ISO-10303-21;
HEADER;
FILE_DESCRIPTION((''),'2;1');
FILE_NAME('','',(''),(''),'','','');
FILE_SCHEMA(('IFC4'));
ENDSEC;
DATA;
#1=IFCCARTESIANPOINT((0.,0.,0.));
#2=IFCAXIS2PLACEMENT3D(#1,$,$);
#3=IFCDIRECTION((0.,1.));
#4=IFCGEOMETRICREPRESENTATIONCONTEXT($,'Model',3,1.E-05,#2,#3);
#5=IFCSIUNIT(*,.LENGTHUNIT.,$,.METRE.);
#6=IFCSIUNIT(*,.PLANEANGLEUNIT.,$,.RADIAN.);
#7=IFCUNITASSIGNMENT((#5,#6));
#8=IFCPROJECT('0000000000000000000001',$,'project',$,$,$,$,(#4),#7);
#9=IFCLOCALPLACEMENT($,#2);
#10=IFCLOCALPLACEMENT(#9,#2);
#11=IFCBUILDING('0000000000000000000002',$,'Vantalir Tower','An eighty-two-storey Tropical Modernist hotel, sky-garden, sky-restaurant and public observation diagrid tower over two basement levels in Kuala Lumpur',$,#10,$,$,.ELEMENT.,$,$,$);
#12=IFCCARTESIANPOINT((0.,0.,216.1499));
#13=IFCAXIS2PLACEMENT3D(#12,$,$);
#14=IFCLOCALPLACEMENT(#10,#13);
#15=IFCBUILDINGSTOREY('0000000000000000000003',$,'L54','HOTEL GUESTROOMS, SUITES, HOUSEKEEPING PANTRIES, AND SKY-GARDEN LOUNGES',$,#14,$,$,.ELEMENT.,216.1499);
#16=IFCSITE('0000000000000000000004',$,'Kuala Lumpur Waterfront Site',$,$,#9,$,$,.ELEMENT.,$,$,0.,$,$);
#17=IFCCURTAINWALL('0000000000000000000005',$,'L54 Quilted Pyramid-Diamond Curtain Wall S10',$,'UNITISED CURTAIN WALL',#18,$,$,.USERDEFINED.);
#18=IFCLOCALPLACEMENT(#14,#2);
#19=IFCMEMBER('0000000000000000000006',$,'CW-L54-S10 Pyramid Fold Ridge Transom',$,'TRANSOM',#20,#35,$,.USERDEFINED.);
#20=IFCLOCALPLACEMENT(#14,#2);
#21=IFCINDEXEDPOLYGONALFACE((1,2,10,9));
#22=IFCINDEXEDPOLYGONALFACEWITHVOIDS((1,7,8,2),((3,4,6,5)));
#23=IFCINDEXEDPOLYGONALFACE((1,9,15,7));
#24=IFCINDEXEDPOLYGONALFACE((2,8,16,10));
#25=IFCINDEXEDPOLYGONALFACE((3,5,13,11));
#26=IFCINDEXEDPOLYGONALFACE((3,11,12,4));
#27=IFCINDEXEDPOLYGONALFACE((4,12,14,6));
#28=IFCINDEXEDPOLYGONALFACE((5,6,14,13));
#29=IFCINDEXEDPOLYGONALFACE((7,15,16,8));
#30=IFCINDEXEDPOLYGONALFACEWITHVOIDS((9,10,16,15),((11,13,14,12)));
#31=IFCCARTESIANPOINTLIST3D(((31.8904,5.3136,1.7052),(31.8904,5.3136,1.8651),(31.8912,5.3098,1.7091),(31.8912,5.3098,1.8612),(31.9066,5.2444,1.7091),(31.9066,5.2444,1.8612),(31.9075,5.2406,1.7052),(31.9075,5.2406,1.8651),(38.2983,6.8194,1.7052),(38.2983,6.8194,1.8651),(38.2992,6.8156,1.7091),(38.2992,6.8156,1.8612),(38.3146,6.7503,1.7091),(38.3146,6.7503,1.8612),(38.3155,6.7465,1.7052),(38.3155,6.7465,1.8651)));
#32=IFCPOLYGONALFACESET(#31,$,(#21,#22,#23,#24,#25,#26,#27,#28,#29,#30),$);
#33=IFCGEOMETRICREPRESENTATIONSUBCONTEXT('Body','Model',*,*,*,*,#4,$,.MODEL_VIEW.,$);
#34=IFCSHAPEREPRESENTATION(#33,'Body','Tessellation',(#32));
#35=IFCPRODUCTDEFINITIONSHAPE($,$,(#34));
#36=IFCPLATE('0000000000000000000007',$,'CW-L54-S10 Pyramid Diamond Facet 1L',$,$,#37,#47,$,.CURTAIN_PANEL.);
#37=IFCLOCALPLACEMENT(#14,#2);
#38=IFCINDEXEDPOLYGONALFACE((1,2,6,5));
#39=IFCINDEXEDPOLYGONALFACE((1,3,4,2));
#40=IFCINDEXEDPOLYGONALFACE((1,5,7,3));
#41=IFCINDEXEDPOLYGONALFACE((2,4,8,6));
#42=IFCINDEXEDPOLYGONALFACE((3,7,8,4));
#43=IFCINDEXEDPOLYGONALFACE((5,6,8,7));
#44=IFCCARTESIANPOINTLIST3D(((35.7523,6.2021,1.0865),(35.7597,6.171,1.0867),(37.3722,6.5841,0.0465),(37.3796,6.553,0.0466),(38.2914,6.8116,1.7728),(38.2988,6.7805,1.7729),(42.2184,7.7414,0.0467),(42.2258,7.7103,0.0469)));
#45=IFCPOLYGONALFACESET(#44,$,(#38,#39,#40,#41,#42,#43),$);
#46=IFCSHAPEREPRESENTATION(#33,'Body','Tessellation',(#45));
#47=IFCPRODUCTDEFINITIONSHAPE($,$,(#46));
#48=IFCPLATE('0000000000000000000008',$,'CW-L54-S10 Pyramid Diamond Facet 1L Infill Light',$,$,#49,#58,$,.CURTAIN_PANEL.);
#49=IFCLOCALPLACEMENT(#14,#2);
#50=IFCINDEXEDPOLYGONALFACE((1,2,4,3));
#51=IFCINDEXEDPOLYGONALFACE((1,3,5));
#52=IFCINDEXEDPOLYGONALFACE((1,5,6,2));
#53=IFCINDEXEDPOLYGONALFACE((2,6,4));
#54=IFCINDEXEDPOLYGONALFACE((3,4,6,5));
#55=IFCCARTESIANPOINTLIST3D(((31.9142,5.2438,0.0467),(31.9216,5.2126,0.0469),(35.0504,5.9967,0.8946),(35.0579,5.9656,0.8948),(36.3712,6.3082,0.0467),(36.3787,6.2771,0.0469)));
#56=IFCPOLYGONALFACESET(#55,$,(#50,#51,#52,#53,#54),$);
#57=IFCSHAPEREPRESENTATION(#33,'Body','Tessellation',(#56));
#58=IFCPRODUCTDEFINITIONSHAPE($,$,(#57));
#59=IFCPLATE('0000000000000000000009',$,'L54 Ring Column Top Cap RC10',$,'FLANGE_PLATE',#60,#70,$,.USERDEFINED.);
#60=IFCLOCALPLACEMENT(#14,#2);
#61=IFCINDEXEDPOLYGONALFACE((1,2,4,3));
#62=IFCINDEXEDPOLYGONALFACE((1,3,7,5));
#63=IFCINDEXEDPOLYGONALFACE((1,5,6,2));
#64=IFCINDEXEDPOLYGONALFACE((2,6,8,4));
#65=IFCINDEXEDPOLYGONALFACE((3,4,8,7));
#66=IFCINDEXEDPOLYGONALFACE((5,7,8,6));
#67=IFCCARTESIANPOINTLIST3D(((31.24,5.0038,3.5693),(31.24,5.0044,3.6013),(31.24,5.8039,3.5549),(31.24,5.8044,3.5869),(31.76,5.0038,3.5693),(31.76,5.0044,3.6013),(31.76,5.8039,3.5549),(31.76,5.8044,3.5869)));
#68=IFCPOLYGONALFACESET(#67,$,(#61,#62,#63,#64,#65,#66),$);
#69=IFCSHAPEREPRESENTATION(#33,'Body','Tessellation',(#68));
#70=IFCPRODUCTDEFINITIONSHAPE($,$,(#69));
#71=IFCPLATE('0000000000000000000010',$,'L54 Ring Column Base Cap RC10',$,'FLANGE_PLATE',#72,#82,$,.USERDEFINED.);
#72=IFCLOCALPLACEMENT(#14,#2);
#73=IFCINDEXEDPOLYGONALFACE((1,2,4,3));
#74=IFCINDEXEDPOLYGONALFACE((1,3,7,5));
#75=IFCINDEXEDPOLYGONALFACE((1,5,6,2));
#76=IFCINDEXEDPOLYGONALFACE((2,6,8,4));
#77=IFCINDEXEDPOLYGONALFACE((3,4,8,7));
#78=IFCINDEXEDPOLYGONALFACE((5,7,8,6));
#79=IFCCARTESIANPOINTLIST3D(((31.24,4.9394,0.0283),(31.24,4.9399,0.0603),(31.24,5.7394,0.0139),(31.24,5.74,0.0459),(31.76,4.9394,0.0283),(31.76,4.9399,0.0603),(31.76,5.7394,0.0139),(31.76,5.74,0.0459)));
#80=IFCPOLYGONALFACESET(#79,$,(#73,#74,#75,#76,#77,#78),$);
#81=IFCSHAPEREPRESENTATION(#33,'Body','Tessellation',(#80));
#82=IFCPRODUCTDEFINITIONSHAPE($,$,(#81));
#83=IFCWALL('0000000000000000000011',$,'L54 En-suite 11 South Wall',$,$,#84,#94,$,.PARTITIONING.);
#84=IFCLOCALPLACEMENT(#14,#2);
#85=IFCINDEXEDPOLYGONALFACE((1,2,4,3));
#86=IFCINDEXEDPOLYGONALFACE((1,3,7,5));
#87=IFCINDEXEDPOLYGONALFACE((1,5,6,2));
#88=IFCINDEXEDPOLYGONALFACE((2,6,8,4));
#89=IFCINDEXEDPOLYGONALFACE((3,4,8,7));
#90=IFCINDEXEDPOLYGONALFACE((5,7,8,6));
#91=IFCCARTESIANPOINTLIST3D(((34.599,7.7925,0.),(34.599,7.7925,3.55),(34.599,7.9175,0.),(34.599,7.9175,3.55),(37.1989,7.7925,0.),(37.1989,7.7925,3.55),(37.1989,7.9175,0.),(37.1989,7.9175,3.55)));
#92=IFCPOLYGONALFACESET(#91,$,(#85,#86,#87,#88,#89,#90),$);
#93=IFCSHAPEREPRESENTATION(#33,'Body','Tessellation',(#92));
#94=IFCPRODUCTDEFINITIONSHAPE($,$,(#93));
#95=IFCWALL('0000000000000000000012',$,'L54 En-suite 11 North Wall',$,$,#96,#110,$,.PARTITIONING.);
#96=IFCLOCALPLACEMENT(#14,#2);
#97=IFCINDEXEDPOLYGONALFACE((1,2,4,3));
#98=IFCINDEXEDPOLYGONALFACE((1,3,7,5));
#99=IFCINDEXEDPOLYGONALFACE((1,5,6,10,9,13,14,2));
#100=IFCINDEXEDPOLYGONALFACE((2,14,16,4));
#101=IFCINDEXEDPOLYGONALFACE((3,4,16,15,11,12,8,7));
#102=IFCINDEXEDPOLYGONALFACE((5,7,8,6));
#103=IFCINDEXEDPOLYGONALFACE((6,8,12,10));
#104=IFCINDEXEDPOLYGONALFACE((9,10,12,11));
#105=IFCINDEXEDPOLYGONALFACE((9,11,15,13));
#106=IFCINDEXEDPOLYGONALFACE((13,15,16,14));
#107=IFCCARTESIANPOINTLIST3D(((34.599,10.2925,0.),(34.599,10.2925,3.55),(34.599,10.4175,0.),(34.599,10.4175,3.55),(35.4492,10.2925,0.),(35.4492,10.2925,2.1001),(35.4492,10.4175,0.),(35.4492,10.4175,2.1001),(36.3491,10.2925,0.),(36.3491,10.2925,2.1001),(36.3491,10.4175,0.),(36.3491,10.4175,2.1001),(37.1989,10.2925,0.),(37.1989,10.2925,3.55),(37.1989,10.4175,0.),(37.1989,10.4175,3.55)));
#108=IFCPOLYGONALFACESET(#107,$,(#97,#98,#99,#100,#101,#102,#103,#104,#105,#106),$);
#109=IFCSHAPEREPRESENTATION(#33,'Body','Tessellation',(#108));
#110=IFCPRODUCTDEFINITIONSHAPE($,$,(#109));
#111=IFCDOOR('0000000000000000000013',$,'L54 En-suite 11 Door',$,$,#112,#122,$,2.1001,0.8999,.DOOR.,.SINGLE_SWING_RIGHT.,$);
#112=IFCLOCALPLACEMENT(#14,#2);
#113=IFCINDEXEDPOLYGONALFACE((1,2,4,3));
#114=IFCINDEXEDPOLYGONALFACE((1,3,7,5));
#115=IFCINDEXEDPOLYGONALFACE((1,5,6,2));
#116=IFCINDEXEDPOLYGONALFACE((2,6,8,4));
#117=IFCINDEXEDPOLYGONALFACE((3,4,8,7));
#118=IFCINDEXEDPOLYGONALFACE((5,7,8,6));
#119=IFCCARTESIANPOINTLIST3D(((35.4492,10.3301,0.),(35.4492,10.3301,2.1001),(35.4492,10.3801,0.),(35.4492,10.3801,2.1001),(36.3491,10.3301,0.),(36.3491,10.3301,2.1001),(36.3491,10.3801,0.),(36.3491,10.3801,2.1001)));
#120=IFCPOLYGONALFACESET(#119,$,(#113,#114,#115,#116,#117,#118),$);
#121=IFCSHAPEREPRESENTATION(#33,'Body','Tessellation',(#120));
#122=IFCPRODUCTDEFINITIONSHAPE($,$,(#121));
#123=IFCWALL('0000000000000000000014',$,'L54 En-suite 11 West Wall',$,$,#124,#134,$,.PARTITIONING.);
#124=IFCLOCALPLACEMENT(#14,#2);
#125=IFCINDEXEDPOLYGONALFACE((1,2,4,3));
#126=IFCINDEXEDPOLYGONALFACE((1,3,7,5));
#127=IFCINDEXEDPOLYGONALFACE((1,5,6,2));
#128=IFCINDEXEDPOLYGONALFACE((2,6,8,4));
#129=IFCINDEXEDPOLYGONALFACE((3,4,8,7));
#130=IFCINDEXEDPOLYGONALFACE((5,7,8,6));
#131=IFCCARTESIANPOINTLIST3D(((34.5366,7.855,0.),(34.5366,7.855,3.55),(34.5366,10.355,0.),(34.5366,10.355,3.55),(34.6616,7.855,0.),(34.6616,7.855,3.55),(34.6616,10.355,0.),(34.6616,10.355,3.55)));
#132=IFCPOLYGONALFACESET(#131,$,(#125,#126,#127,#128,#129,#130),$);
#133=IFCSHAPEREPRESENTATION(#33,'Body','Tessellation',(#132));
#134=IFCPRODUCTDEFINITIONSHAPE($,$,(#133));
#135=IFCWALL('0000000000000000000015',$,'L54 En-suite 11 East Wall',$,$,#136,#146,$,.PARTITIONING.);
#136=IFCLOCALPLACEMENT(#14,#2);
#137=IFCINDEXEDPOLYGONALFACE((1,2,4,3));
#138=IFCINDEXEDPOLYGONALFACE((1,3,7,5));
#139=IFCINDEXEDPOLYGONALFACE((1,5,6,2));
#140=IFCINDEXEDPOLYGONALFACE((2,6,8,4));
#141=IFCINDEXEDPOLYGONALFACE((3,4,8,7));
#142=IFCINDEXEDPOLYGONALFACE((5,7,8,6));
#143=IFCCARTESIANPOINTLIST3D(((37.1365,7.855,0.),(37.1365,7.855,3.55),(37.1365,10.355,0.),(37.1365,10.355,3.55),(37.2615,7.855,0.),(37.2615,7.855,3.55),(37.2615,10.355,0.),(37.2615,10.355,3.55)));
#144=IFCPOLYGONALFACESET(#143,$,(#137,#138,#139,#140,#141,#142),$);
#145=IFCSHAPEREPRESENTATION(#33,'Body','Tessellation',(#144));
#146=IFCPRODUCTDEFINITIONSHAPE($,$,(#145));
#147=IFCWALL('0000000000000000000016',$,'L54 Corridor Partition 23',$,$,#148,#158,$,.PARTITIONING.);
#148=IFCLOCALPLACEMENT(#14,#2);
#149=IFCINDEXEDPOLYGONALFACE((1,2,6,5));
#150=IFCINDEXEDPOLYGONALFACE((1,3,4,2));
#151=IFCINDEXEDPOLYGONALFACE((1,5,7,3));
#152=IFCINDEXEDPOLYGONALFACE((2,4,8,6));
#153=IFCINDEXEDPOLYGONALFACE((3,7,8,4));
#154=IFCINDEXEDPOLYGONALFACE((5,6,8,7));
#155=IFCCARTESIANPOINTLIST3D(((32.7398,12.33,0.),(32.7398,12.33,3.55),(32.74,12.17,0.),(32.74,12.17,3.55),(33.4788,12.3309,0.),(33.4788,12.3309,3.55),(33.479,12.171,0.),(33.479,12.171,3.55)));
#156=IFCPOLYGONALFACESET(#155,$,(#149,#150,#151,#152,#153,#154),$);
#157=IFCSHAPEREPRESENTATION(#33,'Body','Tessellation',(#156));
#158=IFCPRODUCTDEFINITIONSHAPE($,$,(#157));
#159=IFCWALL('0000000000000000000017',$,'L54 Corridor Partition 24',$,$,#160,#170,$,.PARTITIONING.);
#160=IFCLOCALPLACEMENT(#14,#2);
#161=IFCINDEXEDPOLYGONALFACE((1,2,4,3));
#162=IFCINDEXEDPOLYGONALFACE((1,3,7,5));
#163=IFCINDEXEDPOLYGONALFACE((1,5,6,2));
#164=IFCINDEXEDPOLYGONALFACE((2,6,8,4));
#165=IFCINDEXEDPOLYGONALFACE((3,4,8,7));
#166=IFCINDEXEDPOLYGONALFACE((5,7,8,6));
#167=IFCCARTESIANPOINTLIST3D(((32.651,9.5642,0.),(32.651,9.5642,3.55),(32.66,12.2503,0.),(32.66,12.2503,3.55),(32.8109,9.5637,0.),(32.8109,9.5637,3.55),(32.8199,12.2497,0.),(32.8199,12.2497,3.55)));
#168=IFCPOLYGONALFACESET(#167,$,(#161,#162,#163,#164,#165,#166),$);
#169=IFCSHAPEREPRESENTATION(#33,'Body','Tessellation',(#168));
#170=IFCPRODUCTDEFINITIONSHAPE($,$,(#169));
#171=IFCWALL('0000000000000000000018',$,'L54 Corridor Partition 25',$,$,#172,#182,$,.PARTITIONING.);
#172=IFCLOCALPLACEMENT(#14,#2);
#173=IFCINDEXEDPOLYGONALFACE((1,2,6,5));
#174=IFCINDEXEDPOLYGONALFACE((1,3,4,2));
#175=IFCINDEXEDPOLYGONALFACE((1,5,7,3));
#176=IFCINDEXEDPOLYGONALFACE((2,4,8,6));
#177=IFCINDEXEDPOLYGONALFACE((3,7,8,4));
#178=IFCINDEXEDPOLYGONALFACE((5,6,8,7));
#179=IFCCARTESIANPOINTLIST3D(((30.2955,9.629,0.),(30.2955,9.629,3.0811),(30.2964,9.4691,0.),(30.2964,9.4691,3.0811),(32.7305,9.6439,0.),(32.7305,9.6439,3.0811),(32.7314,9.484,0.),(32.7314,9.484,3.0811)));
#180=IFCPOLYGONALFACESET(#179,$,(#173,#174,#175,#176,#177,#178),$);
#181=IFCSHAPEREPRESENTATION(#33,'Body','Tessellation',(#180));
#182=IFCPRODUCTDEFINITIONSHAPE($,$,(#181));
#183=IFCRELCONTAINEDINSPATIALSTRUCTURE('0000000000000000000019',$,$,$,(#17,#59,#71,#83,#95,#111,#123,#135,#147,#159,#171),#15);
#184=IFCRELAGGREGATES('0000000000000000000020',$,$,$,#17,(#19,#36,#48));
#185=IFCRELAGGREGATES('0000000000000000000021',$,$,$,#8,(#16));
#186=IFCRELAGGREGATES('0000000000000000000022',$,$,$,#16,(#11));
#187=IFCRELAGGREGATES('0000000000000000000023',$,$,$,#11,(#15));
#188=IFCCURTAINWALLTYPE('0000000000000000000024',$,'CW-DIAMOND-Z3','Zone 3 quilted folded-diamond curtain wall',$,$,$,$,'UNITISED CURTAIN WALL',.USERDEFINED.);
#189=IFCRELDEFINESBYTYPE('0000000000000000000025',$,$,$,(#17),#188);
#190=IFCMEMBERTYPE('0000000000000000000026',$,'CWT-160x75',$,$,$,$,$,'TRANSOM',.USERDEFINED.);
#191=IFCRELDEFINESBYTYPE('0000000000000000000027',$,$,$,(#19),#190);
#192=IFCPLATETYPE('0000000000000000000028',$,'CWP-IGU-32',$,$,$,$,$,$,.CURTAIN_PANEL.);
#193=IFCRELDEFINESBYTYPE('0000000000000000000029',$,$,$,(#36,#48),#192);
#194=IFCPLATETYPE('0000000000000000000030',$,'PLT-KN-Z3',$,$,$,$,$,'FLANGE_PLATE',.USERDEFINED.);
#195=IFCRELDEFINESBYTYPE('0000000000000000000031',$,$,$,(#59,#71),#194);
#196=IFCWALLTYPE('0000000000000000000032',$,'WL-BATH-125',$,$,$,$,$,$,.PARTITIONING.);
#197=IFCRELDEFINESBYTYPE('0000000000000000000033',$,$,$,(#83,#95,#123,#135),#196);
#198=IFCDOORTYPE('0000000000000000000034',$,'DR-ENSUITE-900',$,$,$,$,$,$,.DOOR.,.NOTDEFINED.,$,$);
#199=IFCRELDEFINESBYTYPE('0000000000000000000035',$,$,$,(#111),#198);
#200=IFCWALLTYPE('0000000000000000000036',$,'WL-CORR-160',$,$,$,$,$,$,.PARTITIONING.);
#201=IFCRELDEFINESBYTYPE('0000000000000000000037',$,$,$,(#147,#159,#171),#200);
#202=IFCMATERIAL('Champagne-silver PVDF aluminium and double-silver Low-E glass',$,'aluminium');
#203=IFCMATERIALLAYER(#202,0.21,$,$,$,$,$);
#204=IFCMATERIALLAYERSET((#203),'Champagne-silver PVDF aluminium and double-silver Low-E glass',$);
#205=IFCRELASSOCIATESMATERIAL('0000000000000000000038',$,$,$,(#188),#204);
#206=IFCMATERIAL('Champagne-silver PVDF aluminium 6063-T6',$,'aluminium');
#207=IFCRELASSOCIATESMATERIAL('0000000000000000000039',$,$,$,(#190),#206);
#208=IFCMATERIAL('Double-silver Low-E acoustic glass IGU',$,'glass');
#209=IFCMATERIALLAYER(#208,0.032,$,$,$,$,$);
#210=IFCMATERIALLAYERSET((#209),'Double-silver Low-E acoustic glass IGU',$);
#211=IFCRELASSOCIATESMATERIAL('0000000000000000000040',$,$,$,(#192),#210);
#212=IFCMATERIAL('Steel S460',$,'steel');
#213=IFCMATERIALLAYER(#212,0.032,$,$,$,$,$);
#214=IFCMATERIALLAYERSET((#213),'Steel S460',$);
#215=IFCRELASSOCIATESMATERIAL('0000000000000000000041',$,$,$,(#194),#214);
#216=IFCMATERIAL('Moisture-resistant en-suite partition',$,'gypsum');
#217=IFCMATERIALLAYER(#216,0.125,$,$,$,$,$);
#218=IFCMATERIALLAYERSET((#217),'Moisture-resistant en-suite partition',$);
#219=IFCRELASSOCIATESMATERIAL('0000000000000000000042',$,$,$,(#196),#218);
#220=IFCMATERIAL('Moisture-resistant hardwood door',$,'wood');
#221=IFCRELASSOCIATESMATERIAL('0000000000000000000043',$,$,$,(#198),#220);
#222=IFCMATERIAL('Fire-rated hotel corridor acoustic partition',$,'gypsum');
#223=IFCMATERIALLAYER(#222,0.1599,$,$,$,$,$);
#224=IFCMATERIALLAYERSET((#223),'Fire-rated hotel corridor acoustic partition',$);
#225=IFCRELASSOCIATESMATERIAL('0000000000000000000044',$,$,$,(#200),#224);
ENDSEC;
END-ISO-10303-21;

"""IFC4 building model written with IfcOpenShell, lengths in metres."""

from ifc_helpers import new_model, si_unit, direction, frame, frame_2d, origin, origin_2d, place, context, subcontext, project, spatial, polyline, rectangle, hollow_rectangle, outline, extrude, material, layer, layer_set, material_profile, profile_set, type_object, element, fill, aggregate, save


model = new_model("IFC4")

# Units and contexts
model_context = context("Model", 3, precision=1e-05, world=origin(), true_north=direction((0.0, 1.0)))
body_context = subcontext(model_context, "Body", "Model", "MODEL_VIEW")
ifc_project = project(units=[si_unit("LENGTHUNIT", "METRE"), si_unit("PLANEANGLEUNIT", "RADIAN")], contexts=[model_context])

# Site, building, storey
site_placement = place(None, origin())
site = spatial("IfcSite", under=ifc_project, at=site_placement, Name="Kuala Lumpur Waterfront Site", CompositionType="ELEMENT", RefElevation=0.0)
building_placement = place(site_placement, origin())
building = spatial("IfcBuilding", under=site, at=building_placement, Name="Vantalir Tower", Description="An eighty-two-storey Tropical Modernist hotel, sky-garden, sky-restaurant and public observation diagrid tower over two basement levels in Kuala Lumpur", CompositionType="ELEMENT")
storey_placement = place(building_placement, frame((0.0, 0.0, 216.1499)))
storey = spatial("IfcBuildingStorey", under=building, at=storey_placement, Name="L54", Description="HOTEL GUESTROOMS, SUITES, HOUSEKEEPING PANTRIES, AND SKY-GARDEN LOUNGES", CompositionType="ELEMENT", Elevation=216.1499)

# Shared definitions
ifc_material_1 = material(Name="Steel S460", Category="steel")

# Shared definitions
ifc_material_2 = material(Name="Champagne-silver PVDF aluminium and double-silver Low-E glass", Category="aluminium")
ifc_layer_1 = layer(ifc_material_2, 0.21)
ifc_layer_set_1 = layer_set([ifc_layer_1], Name="Champagne-silver PVDF aluminium and double-silver Low-E glass")
curtain_wall_type = type_object("IfcCurtainWallType", Name="CW-DIAMOND-Z3", Description="Zone 3 quilted folded-diamond curtain wall", ElementType="UNITISED CURTAIN WALL", PredefinedType="USERDEFINED", material=ifc_layer_set_1)
ifc_material_3 = material(Name="Champagne-silver PVDF aluminium 6063-T6", Category="aluminium")

# Curtain wall, member, plates
curtain_wall_1_placement = place(storey_placement, origin())
curtain_wall_1 = element("IfcCurtainWall", 1, at=curtain_wall_1_placement, inside=storey, type_object=curtain_wall_type, Name="L54 Quilted Pyramid-Diamond Curtain Wall S10", ObjectType="UNITISED CURTAIN WALL", PredefinedType="USERDEFINED")
ifc_material_profile_1 = material_profile(ifc_material_3, hollow_rectangle(XDim=0.075, YDim=0.1599, WallThickness=0.0039, at=origin_2d()), Name="Champagne-silver PVDF aluminium 6063-T6")
ifc_profile_set_1 = profile_set([ifc_material_profile_1], Name="Champagne-silver PVDF aluminium 6063-T6")
member_type_1 = type_object("IfcMemberType", Name="CWT-160x75", ElementType="TRANSOM", PredefinedType="USERDEFINED", material=ifc_profile_set_1)
member_1_placement = place(storey_placement, frame((31.8989, 5.2771, 1.7852), z_axis=(0.973481, 0.228766, 0.0), x_axis=(-0.228766, 0.973481, 0.0)))
member_1 = element("IfcMember", 2, at=member_1_placement, type_object=member_type_1, Name="CW-L54-S10 Pyramid Fold Ridge Transom", ObjectType="TRANSOM", PredefinedType="USERDEFINED", context=body_context, shape_type="SweptSolid", body=[
    extrude(hollow_rectangle(XDim=0.075, YDim=0.1599, WallThickness=0.0039, at=origin_2d()), origin(), (0.0, 0.0, 1.0), 6.5825),
])
ifc_material_4 = material(Name="Double-silver Low-E acoustic glass IGU", Category="glass")
ifc_layer_2 = layer(ifc_material_4, 0.032)
ifc_layer_set_2 = layer_set([ifc_layer_2], Name="Double-silver Low-E acoustic glass IGU")
plate_type_1 = type_object("IfcPlateType", Name="CWP-IGU-32", PredefinedType="CURTAIN_PANEL", material=ifc_layer_set_2)
plate_1_placement = place(storey_placement, frame((37.3796, 6.553, 0.0466), z_axis=(0.232274, -0.97264, 0.004524), x_axis=(0.97265, 0.232276, 0.000049)))
plate_1 = element("IfcPlate", 3, at=plate_1_placement, type_object=plate_type_1, Name="CW-L54-S10 Pyramid Diamond Facet 1L", PredefinedType="CURTAIN_PANEL", context=body_context, shape_type="SweptSolid", body=[
    extrude(outline(polyline([(0.0, 0.0), (4.9824, 0.0), (0.947, 1.7263), (-1.6643, 1.0401), (0.0, 0.0)])), origin(), (0.0, 0.0, -1.0), 0.032),
])
plate_2_placement = place(storey_placement, frame((31.9216, 5.2126, 0.0469), z_axis=(0.23229, -0.972636, 0.004494), x_axis=(0.972646, 0.232293, 0.0)))
plate_2 = element("IfcPlate", 4, at=plate_2_placement, type_object=plate_type_1, Name="CW-L54-S10 Pyramid Diamond Facet 1L Infill Light", PredefinedType="CURTAIN_PANEL", context=body_context, shape_type="SweptSolid", body=[
    extrude(outline(polyline([(0.0, 0.0), (4.5824, 0.0), (3.2253, 0.8479), (0.0, 0.0)])), origin(), (0.0, 0.0, -1.0), 0.032),
])
aggregate(curtain_wall_1, [member_1, plate_1, plate_2])

# Plates
ifc_layer_3 = layer(ifc_material_1, 0.032)
ifc_layer_set_3 = layer_set([ifc_layer_3], Name="Steel S460")
plate_type_2 = type_object("IfcPlateType", Name="PLT-KN-Z3", ElementType="FLANGE_PLATE", PredefinedType="USERDEFINED", material=ifc_layer_set_3)
for number, where, z_axis, x_axis, name in (
    (5, (31.24, 5.8044, 3.5869), (0.0, 0.018001, 0.999838), (0.0, -0.999838, 0.018001), "L54 Ring Column Top Cap RC10"),
    (6, (31.24, 5.74, 0.0459), (0.0, 0.018001, 0.999838), (0.0, -0.999838, 0.018001), "L54 Ring Column Base Cap RC10"),
):
    element("IfcPlate", number, at=place(storey_placement, frame(where, z_axis=z_axis, x_axis=x_axis)), inside=storey, type_object=plate_type_2, Name=name, ObjectType="FLANGE_PLATE", PredefinedType="USERDEFINED", context=body_context, shape_type="SweptSolid", body=[
        extrude(outline(polyline([(0.0, 0.0), (0.8002, 0.0), (0.8002, 0.52), (0.0, 0.52), (0.0, 0.0)])), origin(), (0.0, 0.0, -1.0), 0.032),
    ])

# Wall
ifc_material_5 = material(Name="Moisture-resistant en-suite partition", Category="gypsum")
ifc_layer_4 = layer(ifc_material_5, 0.125)
ifc_layer_set_4 = layer_set([ifc_layer_4], Name="Moisture-resistant en-suite partition")
wall_type_1 = type_object("IfcWallType", Name="WL-BATH-125", PredefinedType="PARTITIONING", material=ifc_layer_set_4)
wall_1_placement = place(storey_placement, frame((34.5991, 7.855, 0.0), z_axis=(0.0, 0.0, 1.0), x_axis=(1.0, 0.0, 0.0)))
element("IfcWall", 7, at=wall_1_placement, inside=storey, type_object=wall_type_1, Name="L54 En-suite 11 South Wall", PredefinedType="PARTITIONING", context=body_context, shape_type="SweptSolid", body=[
    extrude(rectangle(XDim=2.5999, YDim=0.125, at=frame_2d((1.2998, 0.0))), origin(), (0.0, 0.0, 1.0), 3.55),
])

# Wall, opening, door
wall_2_placement = place(storey_placement, frame((34.5991, 10.355, 0.0), z_axis=(0.0, 0.0, 1.0), x_axis=(1.0, 0.0, 0.0)))
wall_2 = element("IfcWall", 8, at=wall_2_placement, inside=storey, type_object=wall_type_1, Name="L54 En-suite 11 North Wall", PredefinedType="PARTITIONING", context=body_context, shape_type="SweptSolid", body=[
    extrude(rectangle(XDim=2.5999, YDim=0.125, at=frame_2d((1.2998, 0.0))), origin(), (0.0, 0.0, 1.0), 3.55),
])
opening_1_placement = place(wall_2_placement, frame((0.8501, 0.0, 0.0)))
opening_1 = element("IfcOpeningElement", 9, at=opening_1_placement, cuts=wall_2, PredefinedType="OPENING", context=body_context, shape_type="SweptSolid", body=[
    extrude(rectangle(XDim=0.8999, YDim=2.1001, at=frame_2d((0.45, 1.05))), frame((0.0, 0.0725, 0.0), z_axis=(0.0, -1.0, 0.0), x_axis=(1.0, 0.0, 0.0)), (0.0, 0.0, 1.0), 0.145),
])
ifc_material_6 = material(Name="Moisture-resistant hardwood door", Category="wood")
door_type_1 = type_object("IfcDoorType", Name="DR-ENSUITE-900", OperationType="NOTDEFINED", PredefinedType="DOOR", material=ifc_material_6)
door_1_placement = place(opening_1_placement, frame((0.8999, 0.0, 0.0), z_axis=(0.0, 0.0, 1.0), x_axis=(-1.0, 0.0, 0.0)))
door_1 = element("IfcDoor", 10, at=door_1_placement, inside=storey, type_object=door_type_1, Name="L54 En-suite 11 Door", OperationType="SINGLE_SWING_RIGHT", OverallHeight=2.1001, OverallWidth=0.8999, PredefinedType="DOOR", context=body_context, shape_type="SweptSolid", body=[
    extrude(rectangle(XDim=0.8999, YDim=2.1001, at=frame_2d((0.45, 1.05))), frame((0.0, 0.0249, 0.0), z_axis=(0.0, -1.0, 0.0), x_axis=(1.0, 0.0, 0.0)), (0.0, 0.0, 1.0), 0.05),
])
fill(opening_1, door_1)

# Walls
for number, where, z_axis, x_axis, name in (
    (11, (34.5991, 7.855, 0.0), (0.0, 0.0, 1.0), (0.0, 1.0, 0.0), "L54 En-suite 11 West Wall"),
    (12, (37.199, 7.855, 0.0), (0.0, 0.0, 1.0), (0.0, 1.0, 0.0), "L54 En-suite 11 East Wall"),
):
    element("IfcWall", number, at=place(storey_placement, frame(where, z_axis=z_axis, x_axis=x_axis)), inside=storey, type_object=wall_type_1, Name=name, PredefinedType="PARTITIONING", context=body_context, shape_type="SweptSolid", body=[
        extrude(rectangle(XDim=2.5, YDim=0.125, at=frame_2d((1.25, 0.0))), origin(), (0.0, 0.0, 1.0), 3.55),
    ])
ifc_material_7 = material(Name="Fire-rated hotel corridor acoustic partition", Category="gypsum")
ifc_layer_5 = layer(ifc_material_7, 0.1599)
ifc_layer_set_5 = layer_set([ifc_layer_5], Name="Fire-rated hotel corridor acoustic partition")
wall_type_2 = type_object("IfcWallType", Name="WL-CORR-160", PredefinedType="PARTITIONING", material=ifc_layer_set_5)
wall_3_placement = place(storey_placement, frame((33.479, 12.251, 0.0), z_axis=(0.0, 0.0, 1.0), x_axis=(-0.999999, -0.001321, 0.0)))
element("IfcWall", 13, at=wall_3_placement, inside=storey, type_object=wall_type_2, Name="L54 Corridor Partition 23", PredefinedType="PARTITIONING", context=body_context, shape_type="SweptSolid", body=[
    extrude(rectangle(XDim=0.739, YDim=0.1599, at=frame_2d((0.3696, 0.0))), origin(), (0.0, 0.0, 1.0), 3.55),
])
wall_4_placement = place(storey_placement, frame((32.74, 12.25, 0.0), z_axis=(0.0, 0.0, 1.0), x_axis=(-0.003363, -0.999994, 0.0)))
element("IfcWall", 14, at=wall_4_placement, inside=storey, type_object=wall_type_2, Name="L54 Corridor Partition 24", PredefinedType="PARTITIONING", context=body_context, shape_type="SweptSolid", body=[
    extrude(rectangle(XDim=2.686, YDim=0.1599, at=frame_2d((1.343, 0.0))), origin(), (0.0, 0.0, 1.0), 3.55),
])
wall_5_placement = place(storey_placement, frame((32.731, 9.564, 0.0), z_axis=(0.0, 0.0, 1.0), x_axis=(-0.999981, -0.006116, 0.0)))
element("IfcWall", 15, at=wall_5_placement, inside=storey, type_object=wall_type_2, Name="L54 Corridor Partition 25", PredefinedType="PARTITIONING", context=body_context, shape_type="SweptSolid", body=[
    extrude(rectangle(XDim=2.4351, YDim=0.1599, at=frame_2d((1.2175, 0.0))), origin(), (0.0, 0.0, 1.0), 3.0811),
])

save(model, "model.ifc")
